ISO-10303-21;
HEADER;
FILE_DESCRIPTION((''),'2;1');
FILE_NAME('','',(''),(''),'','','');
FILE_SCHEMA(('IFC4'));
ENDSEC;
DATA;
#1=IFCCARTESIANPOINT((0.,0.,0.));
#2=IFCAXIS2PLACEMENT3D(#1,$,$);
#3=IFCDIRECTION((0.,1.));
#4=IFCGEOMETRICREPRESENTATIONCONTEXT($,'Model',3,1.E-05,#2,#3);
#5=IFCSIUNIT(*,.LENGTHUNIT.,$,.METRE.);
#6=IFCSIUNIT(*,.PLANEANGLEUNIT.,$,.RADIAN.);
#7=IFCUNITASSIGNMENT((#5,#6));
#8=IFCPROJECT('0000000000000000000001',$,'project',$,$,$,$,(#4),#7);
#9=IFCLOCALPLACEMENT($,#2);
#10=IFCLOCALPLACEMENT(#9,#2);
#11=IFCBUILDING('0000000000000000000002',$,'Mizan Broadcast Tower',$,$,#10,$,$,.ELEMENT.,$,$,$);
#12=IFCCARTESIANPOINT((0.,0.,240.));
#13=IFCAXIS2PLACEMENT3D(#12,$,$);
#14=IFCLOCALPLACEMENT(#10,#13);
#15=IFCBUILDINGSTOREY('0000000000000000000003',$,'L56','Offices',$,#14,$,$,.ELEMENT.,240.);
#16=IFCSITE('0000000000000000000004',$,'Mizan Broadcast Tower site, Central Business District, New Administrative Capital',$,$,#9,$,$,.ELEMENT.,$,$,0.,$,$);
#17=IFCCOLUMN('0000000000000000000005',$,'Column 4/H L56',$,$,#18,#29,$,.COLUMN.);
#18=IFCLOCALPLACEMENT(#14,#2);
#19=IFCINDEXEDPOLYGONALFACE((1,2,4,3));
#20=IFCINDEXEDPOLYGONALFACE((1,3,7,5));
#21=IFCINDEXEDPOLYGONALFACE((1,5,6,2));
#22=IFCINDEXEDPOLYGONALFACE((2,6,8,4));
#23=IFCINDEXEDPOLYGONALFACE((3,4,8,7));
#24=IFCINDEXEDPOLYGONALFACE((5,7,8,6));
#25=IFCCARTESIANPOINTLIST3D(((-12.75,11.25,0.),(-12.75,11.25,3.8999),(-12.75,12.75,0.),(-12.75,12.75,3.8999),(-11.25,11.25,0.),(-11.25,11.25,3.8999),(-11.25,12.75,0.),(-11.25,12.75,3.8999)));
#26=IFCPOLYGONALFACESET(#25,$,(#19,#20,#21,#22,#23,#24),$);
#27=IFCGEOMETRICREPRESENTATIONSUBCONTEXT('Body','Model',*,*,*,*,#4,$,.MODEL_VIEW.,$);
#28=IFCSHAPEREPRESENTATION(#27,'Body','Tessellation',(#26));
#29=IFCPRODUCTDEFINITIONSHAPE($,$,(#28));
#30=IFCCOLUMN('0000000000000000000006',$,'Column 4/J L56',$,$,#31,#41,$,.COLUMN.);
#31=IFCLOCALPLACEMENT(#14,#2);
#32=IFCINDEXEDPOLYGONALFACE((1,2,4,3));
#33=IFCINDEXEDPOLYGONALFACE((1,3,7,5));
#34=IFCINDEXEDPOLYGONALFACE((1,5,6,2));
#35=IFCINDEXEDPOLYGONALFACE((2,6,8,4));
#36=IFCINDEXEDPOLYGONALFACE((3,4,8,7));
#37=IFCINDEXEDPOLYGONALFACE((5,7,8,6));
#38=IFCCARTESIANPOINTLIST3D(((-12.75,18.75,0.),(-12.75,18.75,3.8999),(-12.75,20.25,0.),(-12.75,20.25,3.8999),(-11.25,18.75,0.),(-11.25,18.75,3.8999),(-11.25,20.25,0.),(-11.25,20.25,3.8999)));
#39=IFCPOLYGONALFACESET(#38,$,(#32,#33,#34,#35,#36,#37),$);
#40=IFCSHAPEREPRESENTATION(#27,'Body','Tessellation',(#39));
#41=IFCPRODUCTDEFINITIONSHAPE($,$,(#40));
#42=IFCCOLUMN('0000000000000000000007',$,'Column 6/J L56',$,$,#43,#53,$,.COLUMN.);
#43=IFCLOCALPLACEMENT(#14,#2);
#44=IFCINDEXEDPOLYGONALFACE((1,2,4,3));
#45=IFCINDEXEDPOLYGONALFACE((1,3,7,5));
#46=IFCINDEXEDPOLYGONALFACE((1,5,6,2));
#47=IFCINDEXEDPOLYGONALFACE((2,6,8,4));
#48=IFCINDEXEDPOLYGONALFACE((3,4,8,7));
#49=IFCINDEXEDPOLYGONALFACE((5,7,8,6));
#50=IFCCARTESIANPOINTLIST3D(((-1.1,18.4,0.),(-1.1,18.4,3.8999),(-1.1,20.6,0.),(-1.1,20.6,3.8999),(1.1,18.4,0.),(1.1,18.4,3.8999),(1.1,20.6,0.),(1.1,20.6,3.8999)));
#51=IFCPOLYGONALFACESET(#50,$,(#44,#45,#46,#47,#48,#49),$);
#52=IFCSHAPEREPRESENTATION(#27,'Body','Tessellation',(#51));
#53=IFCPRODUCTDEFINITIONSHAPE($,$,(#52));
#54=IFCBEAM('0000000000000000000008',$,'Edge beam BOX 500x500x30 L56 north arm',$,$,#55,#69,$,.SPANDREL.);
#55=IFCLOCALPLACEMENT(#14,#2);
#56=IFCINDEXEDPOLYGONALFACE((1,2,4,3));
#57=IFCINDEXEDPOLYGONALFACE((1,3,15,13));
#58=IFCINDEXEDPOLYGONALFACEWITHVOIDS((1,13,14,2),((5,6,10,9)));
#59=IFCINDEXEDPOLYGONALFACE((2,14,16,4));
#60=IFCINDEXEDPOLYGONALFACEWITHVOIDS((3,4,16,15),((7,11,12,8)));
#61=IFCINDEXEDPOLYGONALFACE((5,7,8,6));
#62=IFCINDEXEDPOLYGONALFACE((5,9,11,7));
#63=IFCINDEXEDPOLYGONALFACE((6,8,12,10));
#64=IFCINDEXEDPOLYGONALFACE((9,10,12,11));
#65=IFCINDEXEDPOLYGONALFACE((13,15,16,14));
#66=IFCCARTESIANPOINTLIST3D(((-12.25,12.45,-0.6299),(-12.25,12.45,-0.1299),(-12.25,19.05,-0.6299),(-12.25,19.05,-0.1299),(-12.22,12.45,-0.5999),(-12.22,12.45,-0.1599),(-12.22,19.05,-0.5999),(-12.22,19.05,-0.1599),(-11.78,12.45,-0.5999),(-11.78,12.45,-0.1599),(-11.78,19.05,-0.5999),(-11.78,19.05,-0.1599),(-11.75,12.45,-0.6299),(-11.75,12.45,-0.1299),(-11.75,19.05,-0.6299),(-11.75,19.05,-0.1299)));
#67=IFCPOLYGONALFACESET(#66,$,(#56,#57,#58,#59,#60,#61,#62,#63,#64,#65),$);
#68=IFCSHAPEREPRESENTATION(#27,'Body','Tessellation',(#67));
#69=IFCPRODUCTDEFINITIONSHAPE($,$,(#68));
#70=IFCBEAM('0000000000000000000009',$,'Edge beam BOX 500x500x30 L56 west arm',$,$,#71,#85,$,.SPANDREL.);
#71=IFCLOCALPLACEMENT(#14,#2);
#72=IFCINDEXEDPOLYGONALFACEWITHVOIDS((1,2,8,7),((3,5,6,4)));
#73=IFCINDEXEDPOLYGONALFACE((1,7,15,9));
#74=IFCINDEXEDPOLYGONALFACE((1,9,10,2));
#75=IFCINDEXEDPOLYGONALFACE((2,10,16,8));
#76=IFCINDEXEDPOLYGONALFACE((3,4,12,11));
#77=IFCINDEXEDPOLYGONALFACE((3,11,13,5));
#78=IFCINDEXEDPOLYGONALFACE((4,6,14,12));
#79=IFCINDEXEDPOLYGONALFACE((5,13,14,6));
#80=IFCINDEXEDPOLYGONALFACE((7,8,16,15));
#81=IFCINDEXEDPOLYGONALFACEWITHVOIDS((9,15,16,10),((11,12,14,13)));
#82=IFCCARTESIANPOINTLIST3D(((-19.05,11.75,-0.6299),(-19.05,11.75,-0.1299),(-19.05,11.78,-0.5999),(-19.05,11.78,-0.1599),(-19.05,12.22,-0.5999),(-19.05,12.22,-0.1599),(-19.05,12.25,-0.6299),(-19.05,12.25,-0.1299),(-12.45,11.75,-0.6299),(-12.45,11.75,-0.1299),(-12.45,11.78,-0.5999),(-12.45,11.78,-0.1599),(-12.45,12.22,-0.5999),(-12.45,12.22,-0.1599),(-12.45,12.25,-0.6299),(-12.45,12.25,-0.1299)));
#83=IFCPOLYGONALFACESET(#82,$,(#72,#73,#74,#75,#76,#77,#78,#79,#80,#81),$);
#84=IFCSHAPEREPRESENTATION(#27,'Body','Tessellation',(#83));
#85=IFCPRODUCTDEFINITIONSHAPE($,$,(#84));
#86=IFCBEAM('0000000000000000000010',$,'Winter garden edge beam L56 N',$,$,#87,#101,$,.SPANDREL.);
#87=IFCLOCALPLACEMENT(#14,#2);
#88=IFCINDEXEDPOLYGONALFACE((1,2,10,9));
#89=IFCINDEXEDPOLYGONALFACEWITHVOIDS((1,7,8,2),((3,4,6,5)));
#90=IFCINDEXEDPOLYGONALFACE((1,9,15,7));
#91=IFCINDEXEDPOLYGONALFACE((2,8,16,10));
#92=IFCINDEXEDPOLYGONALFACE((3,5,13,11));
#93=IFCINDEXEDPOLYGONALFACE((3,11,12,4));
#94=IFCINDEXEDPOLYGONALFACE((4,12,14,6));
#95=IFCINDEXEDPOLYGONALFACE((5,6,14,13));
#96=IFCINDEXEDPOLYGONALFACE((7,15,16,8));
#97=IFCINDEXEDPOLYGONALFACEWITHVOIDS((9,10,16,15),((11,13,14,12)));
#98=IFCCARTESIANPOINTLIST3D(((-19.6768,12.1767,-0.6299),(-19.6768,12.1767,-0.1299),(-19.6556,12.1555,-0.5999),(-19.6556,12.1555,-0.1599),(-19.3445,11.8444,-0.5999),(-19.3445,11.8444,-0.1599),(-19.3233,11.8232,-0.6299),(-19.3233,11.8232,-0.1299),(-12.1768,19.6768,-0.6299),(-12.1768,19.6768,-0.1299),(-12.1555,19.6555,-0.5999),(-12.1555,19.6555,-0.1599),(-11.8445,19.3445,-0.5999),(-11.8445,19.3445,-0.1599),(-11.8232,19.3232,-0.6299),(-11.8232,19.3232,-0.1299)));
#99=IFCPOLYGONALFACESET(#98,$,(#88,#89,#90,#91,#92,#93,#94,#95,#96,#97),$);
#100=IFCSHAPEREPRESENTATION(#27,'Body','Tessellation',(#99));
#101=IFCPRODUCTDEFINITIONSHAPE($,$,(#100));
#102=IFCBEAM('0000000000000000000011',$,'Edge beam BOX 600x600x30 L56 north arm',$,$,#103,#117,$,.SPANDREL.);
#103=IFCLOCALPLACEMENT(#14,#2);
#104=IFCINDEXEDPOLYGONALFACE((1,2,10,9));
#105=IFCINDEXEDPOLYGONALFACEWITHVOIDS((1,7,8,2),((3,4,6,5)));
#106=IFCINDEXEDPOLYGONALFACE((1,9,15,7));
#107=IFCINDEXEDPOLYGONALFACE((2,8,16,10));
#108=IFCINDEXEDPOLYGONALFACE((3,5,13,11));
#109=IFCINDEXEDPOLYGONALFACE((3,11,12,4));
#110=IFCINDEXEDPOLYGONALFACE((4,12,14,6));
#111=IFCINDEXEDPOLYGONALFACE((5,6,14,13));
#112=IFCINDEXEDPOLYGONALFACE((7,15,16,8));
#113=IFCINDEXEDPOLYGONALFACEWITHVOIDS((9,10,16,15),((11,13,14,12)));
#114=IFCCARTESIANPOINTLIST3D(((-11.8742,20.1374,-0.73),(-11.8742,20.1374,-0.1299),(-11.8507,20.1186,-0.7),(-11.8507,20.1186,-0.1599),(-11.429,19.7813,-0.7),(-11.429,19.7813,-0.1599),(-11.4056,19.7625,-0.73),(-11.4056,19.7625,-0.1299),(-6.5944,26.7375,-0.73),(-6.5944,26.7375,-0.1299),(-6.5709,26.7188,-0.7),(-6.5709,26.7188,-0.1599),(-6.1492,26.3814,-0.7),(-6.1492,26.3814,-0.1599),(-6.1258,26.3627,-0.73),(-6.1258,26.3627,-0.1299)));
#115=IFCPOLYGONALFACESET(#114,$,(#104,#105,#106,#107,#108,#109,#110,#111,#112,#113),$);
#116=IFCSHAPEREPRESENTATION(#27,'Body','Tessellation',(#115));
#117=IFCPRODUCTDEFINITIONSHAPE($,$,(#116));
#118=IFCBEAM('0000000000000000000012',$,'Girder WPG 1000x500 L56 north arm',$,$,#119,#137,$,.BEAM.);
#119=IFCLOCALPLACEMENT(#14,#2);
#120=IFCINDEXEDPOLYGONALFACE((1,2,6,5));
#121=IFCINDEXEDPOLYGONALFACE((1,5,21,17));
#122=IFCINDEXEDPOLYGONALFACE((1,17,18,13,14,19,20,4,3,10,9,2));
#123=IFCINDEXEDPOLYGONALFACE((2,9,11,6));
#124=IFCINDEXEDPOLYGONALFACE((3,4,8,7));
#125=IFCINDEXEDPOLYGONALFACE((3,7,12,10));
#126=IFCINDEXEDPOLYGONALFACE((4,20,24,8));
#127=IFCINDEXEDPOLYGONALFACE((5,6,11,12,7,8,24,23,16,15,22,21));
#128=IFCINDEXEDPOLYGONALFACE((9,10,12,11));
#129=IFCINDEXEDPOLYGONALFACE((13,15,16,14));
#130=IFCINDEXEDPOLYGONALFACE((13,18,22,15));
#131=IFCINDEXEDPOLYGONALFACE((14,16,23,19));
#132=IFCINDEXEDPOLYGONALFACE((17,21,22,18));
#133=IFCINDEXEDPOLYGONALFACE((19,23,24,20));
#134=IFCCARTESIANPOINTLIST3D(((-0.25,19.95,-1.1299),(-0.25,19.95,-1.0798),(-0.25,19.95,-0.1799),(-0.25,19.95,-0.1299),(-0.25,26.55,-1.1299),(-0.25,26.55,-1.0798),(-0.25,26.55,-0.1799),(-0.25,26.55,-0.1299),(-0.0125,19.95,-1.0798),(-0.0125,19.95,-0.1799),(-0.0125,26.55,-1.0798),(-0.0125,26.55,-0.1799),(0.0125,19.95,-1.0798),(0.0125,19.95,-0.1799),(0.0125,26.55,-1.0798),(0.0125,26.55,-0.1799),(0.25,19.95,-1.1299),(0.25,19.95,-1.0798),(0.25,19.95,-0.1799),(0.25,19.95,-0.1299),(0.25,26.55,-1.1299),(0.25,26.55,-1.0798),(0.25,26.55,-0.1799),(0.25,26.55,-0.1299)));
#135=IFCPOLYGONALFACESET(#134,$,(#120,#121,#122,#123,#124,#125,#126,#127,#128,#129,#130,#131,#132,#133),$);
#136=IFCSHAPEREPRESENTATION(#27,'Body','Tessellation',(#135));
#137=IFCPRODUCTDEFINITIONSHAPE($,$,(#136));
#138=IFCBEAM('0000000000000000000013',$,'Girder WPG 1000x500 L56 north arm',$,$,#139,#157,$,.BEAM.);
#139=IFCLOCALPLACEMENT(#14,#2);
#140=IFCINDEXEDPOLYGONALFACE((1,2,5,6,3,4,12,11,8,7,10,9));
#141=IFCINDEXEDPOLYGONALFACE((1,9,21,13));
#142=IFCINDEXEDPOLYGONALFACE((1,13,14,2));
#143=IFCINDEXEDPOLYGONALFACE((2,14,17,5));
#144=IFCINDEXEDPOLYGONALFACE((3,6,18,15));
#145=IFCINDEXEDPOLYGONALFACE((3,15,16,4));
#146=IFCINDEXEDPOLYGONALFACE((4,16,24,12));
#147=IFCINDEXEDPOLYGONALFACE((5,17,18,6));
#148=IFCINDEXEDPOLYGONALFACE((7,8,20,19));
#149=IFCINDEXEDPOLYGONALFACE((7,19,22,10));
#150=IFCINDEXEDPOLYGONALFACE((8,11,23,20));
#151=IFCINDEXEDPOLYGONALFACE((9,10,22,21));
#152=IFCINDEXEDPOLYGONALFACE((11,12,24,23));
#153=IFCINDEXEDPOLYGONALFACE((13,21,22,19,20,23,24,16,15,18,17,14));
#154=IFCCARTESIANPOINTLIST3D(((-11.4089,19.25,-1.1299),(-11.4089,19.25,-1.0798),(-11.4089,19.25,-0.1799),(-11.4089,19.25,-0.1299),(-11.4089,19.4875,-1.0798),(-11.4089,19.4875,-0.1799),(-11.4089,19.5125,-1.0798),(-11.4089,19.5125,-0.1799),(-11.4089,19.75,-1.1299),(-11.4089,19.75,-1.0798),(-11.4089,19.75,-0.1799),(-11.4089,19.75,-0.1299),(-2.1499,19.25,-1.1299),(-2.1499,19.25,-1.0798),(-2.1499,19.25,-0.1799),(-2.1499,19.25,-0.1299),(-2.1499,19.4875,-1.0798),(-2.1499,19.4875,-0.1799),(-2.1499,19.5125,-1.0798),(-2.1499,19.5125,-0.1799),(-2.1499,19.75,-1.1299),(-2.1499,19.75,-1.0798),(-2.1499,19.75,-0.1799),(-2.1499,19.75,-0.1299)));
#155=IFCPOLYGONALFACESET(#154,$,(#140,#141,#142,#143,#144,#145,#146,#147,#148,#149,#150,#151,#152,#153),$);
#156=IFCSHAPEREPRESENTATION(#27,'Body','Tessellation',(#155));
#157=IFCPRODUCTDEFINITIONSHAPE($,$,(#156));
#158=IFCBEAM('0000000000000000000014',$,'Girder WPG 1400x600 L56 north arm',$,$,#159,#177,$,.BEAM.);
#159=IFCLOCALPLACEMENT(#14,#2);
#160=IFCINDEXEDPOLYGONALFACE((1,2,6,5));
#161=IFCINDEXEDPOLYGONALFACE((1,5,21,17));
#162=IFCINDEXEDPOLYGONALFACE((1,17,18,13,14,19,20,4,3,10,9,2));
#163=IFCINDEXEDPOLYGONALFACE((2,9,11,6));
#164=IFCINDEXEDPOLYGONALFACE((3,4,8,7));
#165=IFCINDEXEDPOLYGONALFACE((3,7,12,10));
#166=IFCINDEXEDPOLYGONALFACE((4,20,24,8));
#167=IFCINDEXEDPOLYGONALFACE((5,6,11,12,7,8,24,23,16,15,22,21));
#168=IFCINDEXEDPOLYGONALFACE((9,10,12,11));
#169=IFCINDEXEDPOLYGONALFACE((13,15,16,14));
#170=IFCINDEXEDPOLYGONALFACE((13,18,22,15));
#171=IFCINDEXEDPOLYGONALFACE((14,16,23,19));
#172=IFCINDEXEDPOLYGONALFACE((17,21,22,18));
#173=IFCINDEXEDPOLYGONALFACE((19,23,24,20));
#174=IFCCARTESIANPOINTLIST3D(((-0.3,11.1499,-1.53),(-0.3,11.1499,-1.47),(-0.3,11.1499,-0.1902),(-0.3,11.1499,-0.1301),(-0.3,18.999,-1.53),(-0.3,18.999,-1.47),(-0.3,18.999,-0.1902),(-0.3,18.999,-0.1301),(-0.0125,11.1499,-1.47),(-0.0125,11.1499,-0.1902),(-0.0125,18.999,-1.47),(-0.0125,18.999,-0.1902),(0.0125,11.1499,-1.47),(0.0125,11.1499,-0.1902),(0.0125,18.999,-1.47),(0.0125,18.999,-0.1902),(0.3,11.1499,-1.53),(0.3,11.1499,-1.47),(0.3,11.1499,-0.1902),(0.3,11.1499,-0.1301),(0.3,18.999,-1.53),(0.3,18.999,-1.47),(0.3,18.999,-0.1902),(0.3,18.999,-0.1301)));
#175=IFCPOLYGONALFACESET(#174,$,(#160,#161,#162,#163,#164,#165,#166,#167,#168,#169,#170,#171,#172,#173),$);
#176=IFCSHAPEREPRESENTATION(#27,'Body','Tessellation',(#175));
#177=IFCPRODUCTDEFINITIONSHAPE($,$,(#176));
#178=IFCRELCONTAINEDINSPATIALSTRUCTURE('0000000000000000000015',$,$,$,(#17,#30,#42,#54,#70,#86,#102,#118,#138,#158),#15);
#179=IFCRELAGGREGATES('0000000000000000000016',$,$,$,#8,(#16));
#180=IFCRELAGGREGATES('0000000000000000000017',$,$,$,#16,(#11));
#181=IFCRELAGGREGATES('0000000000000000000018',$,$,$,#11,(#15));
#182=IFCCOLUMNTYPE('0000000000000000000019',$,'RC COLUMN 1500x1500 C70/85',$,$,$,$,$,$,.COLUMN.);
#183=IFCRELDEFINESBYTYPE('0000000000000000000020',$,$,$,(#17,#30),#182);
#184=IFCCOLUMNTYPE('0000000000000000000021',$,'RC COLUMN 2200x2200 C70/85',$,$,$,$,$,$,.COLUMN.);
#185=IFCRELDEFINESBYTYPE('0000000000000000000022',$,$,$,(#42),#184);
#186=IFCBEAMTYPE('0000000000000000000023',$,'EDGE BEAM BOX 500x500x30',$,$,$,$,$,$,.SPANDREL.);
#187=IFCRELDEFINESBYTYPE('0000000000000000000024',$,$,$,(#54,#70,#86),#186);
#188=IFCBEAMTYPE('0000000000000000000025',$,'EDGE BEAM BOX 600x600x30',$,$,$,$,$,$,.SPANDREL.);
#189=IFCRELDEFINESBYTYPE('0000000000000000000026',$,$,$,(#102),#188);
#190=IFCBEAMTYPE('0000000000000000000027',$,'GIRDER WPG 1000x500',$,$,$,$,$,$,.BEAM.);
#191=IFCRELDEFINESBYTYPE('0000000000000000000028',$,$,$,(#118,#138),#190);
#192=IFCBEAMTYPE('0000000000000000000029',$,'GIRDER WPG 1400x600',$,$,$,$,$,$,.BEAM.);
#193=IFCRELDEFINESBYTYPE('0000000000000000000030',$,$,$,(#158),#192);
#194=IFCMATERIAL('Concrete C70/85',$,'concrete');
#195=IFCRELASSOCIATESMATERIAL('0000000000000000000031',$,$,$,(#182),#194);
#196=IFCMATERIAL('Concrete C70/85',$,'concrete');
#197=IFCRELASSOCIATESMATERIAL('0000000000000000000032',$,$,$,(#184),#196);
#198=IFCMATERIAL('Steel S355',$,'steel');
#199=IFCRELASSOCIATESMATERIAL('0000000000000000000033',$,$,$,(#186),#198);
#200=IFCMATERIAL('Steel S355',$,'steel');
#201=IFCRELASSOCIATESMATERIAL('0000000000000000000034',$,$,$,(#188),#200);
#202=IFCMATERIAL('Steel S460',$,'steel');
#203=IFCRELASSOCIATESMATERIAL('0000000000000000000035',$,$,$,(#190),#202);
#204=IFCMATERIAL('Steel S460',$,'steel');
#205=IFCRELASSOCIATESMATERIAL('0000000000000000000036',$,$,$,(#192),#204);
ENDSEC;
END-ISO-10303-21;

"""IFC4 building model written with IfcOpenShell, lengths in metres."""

from ifc_helpers import new_model, si_unit, direction, frame, origin, origin_2d, place, context, subcontext, project, spatial, rectangle, hollow_rectangle, i_section, extrude, material, material_profile, profile_set, type_object, element, save


model = new_model("IFC4")

# Units and contexts
model_context = context("Model", 3, precision=1e-05, world=origin(), true_north=direction((0.0, 1.0)))
body_context = subcontext(model_context, "Body", "Model", "MODEL_VIEW")
ifc_project = project(units=[si_unit("LENGTHUNIT", "METRE"), si_unit("PLANEANGLEUNIT", "RADIAN")], contexts=[model_context])

# Site, building, storey
site_placement = place(None, origin())
site = spatial("IfcSite", under=ifc_project, at=site_placement, Name="Mizan Broadcast Tower site, Central Business District, New Administrative Capital", CompositionType="ELEMENT", RefElevation=0.0)
building_placement = place(site_placement, origin())
building = spatial("IfcBuilding", under=site, at=building_placement, Name="Mizan Broadcast Tower", CompositionType="ELEMENT")
storey_placement = place(building_placement, frame((0.0, 0.0, 240.0)))
storey = spatial("IfcBuildingStorey", under=building, at=storey_placement, Name="L56", Description="Offices", CompositionType="ELEMENT", Elevation=240.0)

# Columns
ifc_material_1 = material(Name="Concrete C70/85", Category="concrete")
ifc_material_profile_1 = material_profile(ifc_material_1, rectangle(XDim=1.5, YDim=1.5, at=origin_2d()), Name="RC 1500x1500")
ifc_profile_set_1 = profile_set([ifc_material_profile_1], Name="Concrete C70/85")
column_type_1 = type_object("IfcColumnType", Name="RC COLUMN 1500x1500 C70/85", PredefinedType="COLUMN", material=ifc_profile_set_1)
for number, where, z_axis, x_axis, name in (
    (1, (-12.0, 12.0, 0.0), (0.0, 0.0, 1.0), (1.0, 0.0, 0.0), "Column 4/H L56"),
    (2, (-12.0, 19.5, 0.0), (0.0, 0.0, 1.0), (1.0, 0.0, 0.0), "Column 4/J L56"),
):
    element("IfcColumn", number, at=place(storey_placement, frame(where, z_axis=z_axis, x_axis=x_axis)), inside=storey, type_object=column_type_1, Name=name, PredefinedType="COLUMN", context=body_context, shape_type="SweptSolid", body=[
        extrude(rectangle(XDim=1.5, YDim=1.5, at=origin_2d()), origin(), (0.0, 0.0, 1.0), 3.8999),
    ])
ifc_material_2 = material(Name="Concrete C70/85", Category="concrete")
ifc_material_profile_2 = material_profile(ifc_material_2, rectangle(XDim=2.2, YDim=2.2, at=origin_2d()), Name="RC 2200x2200")
ifc_profile_set_2 = profile_set([ifc_material_profile_2], Name="Concrete C70/85")
column_type_2 = type_object("IfcColumnType", Name="RC COLUMN 2200x2200 C70/85", PredefinedType="COLUMN", material=ifc_profile_set_2)
column_placement = place(storey_placement, frame((0.0, 19.5, 0.0), z_axis=(0.0, 0.0, 1.0), x_axis=(1.0, 0.0, 0.0)))
element("IfcColumn", 3, at=column_placement, inside=storey, type_object=column_type_2, Name="Column 6/J L56", PredefinedType="COLUMN", context=body_context, shape_type="SweptSolid", body=[
    extrude(rectangle(XDim=2.2, YDim=2.2, at=origin_2d()), origin(), (0.0, 0.0, 1.0), 3.8999),
])

# Beams
ifc_material_3 = material(Name="Steel S355", Category="steel")
ifc_material_profile_3 = material_profile(ifc_material_3, hollow_rectangle(XDim=0.5, YDim=0.5, WallThickness=0.03, at=origin_2d()), Name="BOX 500x500x30")
ifc_profile_set_3 = profile_set([ifc_material_profile_3], Name="Steel S355")
beam_type_1 = type_object("IfcBeamType", Name="EDGE BEAM BOX 500x500x30", PredefinedType="SPANDREL", material=ifc_profile_set_3)
for number, where, z_axis, x_axis, name in (
    (4, (-12.0, 12.45, -0.3799), (0.0, 1.0, 0.0), (-1.0, 0.0, 0.0), "Edge beam BOX 500x500x30 L56 north arm"),
    (5, (-12.45, 12.0, -0.3799), (-1.0, 0.0, 0.0), (0.0, -1.0, 0.0), "Edge beam BOX 500x500x30 L56 west arm"),
):
    element("IfcBeam", number, at=place(storey_placement, frame(where, z_axis=z_axis, x_axis=x_axis)), inside=storey, type_object=beam_type_1, Name=name, PredefinedType="SPANDREL", context=body_context, shape_type="SweptSolid", body=[
        extrude(hollow_rectangle(XDim=0.5, YDim=0.5, WallThickness=0.03, at=origin_2d()), origin(), (0.0, 0.0, 1.0), 6.6001),
    ])
beam_1_placement = place(storey_placement, frame((-12.0, 19.5, -0.3799), z_axis=(-0.707107, -0.707107, 0.0), x_axis=(0.707107, -0.707107, 0.0)))
element("IfcBeam", 6, at=beam_1_placement, inside=storey, type_object=beam_type_1, Name="Winter garden edge beam L56 N", PredefinedType="SPANDREL", context=body_context, shape_type="SweptSolid", body=[
    extrude(hollow_rectangle(XDim=0.5, YDim=0.5, WallThickness=0.03, at=origin_2d()), origin(), (0.0, 0.0, 1.0), 10.6067),
])
ifc_material_4 = material(Name="Steel S355", Category="steel")
ifc_material_profile_4 = material_profile(ifc_material_4, hollow_rectangle(XDim=0.6001, YDim=0.6001, WallThickness=0.03, at=origin_2d()), Name="BOX 600x600x30")
ifc_profile_set_4 = profile_set([ifc_material_profile_4], Name="Steel S355")
beam_type_2 = type_object("IfcBeamType", Name="EDGE BEAM BOX 600x600x30", PredefinedType="SPANDREL", material=ifc_profile_set_4)
beam_2_placement = place(storey_placement, frame((-11.6399, 19.95, -0.4299), z_axis=(0.624674, 0.780886, 0.0), x_axis=(-0.780886, 0.624674, 0.0)))
element("IfcBeam", 7, at=beam_2_placement, inside=storey, type_object=beam_type_2, Name="Edge beam BOX 600x600x30 L56 north arm", PredefinedType="SPANDREL", context=body_context, shape_type="SweptSolid", body=[
    extrude(hollow_rectangle(XDim=0.6001, YDim=0.6001, WallThickness=0.03, at=origin_2d()), origin(), (0.0, 0.0, 1.0), 8.4521),
])
ifc_material_5 = material(Name="Steel S460", Category="steel")
ifc_material_profile_5 = material_profile(ifc_material_5, i_section(OverallWidth=0.5, OverallDepth=1.0, WebThickness=0.0249, FlangeThickness=0.05, at=origin_2d()), Name="WPG 1000x500")
ifc_profile_set_5 = profile_set([ifc_material_profile_5], Name="Steel S460")
beam_type_3 = type_object("IfcBeamType", Name="GIRDER WPG 1000x500", PredefinedType="BEAM", material=ifc_profile_set_5)
beam_3_placement = place(storey_placement, frame((0.0, 19.95, -0.6299), z_axis=(0.0, 1.0, 0.0), x_axis=(-1.0, 0.0, 0.0)))
element("IfcBeam", 8, at=beam_3_placement, inside=storey, type_object=beam_type_3, Name="Girder WPG 1000x500 L56 north arm", PredefinedType="BEAM", context=body_context, shape_type="SweptSolid", body=[
    extrude(i_section(OverallWidth=0.5, OverallDepth=1.0, WebThickness=0.0249, FlangeThickness=0.05, at=origin_2d()), origin(), (0.0, 0.0, 1.0), 6.6001),
])
beam_4_placement = place(storey_placement, frame((-11.4089, 19.5, -0.6299), z_axis=(1.0, 0.0, 0.0), x_axis=(0.0, 1.0, 0.0)))
element("IfcBeam", 9, at=beam_4_placement, inside=storey, type_object=beam_type_3, Name="Girder WPG 1000x500 L56 north arm", PredefinedType="BEAM", context=body_context, shape_type="SweptSolid", body=[
    extrude(i_section(OverallWidth=0.5, OverallDepth=1.0, WebThickness=0.0249, FlangeThickness=0.05, at=origin_2d()), origin(), (0.0, 0.0, 1.0), 9.259),
])
ifc_material_6 = material(Name="Steel S460", Category="steel")
ifc_material_profile_6 = material_profile(ifc_material_6, i_section(OverallWidth=0.6001, OverallDepth=1.3999, WebThickness=0.0249, FlangeThickness=0.0601, at=origin_2d()), Name="WPG 1400x600")
ifc_profile_set_6 = profile_set([ifc_material_profile_6], Name="Steel S460")
beam_type_4 = type_object("IfcBeamType", Name="GIRDER WPG 1400x600", PredefinedType="BEAM", material=ifc_profile_set_6)
for number, where, z_axis, x_axis, name in (
    (10, (0.0, 11.1499, -0.8301), (0.0, 1.0, 0.0), (-1.0, 0.0, 0.0), "Girder WPG 1400x600 L56 north arm"),
):
    element("IfcBeam", number, at=place(storey_placement, frame(where, z_axis=z_axis, x_axis=x_axis)), inside=storey, type_object=beam_type_4, Name=name, PredefinedType="BEAM", context=body_context, shape_type="SweptSolid", body=[
        extrude(i_section(OverallWidth=0.6001, OverallDepth=1.3999, WebThickness=0.0249, FlangeThickness=0.0601, at=origin_2d()), origin(), (0.0, 0.0, 1.0), 7.8491),
    ])

save(model, "model.ifc")
